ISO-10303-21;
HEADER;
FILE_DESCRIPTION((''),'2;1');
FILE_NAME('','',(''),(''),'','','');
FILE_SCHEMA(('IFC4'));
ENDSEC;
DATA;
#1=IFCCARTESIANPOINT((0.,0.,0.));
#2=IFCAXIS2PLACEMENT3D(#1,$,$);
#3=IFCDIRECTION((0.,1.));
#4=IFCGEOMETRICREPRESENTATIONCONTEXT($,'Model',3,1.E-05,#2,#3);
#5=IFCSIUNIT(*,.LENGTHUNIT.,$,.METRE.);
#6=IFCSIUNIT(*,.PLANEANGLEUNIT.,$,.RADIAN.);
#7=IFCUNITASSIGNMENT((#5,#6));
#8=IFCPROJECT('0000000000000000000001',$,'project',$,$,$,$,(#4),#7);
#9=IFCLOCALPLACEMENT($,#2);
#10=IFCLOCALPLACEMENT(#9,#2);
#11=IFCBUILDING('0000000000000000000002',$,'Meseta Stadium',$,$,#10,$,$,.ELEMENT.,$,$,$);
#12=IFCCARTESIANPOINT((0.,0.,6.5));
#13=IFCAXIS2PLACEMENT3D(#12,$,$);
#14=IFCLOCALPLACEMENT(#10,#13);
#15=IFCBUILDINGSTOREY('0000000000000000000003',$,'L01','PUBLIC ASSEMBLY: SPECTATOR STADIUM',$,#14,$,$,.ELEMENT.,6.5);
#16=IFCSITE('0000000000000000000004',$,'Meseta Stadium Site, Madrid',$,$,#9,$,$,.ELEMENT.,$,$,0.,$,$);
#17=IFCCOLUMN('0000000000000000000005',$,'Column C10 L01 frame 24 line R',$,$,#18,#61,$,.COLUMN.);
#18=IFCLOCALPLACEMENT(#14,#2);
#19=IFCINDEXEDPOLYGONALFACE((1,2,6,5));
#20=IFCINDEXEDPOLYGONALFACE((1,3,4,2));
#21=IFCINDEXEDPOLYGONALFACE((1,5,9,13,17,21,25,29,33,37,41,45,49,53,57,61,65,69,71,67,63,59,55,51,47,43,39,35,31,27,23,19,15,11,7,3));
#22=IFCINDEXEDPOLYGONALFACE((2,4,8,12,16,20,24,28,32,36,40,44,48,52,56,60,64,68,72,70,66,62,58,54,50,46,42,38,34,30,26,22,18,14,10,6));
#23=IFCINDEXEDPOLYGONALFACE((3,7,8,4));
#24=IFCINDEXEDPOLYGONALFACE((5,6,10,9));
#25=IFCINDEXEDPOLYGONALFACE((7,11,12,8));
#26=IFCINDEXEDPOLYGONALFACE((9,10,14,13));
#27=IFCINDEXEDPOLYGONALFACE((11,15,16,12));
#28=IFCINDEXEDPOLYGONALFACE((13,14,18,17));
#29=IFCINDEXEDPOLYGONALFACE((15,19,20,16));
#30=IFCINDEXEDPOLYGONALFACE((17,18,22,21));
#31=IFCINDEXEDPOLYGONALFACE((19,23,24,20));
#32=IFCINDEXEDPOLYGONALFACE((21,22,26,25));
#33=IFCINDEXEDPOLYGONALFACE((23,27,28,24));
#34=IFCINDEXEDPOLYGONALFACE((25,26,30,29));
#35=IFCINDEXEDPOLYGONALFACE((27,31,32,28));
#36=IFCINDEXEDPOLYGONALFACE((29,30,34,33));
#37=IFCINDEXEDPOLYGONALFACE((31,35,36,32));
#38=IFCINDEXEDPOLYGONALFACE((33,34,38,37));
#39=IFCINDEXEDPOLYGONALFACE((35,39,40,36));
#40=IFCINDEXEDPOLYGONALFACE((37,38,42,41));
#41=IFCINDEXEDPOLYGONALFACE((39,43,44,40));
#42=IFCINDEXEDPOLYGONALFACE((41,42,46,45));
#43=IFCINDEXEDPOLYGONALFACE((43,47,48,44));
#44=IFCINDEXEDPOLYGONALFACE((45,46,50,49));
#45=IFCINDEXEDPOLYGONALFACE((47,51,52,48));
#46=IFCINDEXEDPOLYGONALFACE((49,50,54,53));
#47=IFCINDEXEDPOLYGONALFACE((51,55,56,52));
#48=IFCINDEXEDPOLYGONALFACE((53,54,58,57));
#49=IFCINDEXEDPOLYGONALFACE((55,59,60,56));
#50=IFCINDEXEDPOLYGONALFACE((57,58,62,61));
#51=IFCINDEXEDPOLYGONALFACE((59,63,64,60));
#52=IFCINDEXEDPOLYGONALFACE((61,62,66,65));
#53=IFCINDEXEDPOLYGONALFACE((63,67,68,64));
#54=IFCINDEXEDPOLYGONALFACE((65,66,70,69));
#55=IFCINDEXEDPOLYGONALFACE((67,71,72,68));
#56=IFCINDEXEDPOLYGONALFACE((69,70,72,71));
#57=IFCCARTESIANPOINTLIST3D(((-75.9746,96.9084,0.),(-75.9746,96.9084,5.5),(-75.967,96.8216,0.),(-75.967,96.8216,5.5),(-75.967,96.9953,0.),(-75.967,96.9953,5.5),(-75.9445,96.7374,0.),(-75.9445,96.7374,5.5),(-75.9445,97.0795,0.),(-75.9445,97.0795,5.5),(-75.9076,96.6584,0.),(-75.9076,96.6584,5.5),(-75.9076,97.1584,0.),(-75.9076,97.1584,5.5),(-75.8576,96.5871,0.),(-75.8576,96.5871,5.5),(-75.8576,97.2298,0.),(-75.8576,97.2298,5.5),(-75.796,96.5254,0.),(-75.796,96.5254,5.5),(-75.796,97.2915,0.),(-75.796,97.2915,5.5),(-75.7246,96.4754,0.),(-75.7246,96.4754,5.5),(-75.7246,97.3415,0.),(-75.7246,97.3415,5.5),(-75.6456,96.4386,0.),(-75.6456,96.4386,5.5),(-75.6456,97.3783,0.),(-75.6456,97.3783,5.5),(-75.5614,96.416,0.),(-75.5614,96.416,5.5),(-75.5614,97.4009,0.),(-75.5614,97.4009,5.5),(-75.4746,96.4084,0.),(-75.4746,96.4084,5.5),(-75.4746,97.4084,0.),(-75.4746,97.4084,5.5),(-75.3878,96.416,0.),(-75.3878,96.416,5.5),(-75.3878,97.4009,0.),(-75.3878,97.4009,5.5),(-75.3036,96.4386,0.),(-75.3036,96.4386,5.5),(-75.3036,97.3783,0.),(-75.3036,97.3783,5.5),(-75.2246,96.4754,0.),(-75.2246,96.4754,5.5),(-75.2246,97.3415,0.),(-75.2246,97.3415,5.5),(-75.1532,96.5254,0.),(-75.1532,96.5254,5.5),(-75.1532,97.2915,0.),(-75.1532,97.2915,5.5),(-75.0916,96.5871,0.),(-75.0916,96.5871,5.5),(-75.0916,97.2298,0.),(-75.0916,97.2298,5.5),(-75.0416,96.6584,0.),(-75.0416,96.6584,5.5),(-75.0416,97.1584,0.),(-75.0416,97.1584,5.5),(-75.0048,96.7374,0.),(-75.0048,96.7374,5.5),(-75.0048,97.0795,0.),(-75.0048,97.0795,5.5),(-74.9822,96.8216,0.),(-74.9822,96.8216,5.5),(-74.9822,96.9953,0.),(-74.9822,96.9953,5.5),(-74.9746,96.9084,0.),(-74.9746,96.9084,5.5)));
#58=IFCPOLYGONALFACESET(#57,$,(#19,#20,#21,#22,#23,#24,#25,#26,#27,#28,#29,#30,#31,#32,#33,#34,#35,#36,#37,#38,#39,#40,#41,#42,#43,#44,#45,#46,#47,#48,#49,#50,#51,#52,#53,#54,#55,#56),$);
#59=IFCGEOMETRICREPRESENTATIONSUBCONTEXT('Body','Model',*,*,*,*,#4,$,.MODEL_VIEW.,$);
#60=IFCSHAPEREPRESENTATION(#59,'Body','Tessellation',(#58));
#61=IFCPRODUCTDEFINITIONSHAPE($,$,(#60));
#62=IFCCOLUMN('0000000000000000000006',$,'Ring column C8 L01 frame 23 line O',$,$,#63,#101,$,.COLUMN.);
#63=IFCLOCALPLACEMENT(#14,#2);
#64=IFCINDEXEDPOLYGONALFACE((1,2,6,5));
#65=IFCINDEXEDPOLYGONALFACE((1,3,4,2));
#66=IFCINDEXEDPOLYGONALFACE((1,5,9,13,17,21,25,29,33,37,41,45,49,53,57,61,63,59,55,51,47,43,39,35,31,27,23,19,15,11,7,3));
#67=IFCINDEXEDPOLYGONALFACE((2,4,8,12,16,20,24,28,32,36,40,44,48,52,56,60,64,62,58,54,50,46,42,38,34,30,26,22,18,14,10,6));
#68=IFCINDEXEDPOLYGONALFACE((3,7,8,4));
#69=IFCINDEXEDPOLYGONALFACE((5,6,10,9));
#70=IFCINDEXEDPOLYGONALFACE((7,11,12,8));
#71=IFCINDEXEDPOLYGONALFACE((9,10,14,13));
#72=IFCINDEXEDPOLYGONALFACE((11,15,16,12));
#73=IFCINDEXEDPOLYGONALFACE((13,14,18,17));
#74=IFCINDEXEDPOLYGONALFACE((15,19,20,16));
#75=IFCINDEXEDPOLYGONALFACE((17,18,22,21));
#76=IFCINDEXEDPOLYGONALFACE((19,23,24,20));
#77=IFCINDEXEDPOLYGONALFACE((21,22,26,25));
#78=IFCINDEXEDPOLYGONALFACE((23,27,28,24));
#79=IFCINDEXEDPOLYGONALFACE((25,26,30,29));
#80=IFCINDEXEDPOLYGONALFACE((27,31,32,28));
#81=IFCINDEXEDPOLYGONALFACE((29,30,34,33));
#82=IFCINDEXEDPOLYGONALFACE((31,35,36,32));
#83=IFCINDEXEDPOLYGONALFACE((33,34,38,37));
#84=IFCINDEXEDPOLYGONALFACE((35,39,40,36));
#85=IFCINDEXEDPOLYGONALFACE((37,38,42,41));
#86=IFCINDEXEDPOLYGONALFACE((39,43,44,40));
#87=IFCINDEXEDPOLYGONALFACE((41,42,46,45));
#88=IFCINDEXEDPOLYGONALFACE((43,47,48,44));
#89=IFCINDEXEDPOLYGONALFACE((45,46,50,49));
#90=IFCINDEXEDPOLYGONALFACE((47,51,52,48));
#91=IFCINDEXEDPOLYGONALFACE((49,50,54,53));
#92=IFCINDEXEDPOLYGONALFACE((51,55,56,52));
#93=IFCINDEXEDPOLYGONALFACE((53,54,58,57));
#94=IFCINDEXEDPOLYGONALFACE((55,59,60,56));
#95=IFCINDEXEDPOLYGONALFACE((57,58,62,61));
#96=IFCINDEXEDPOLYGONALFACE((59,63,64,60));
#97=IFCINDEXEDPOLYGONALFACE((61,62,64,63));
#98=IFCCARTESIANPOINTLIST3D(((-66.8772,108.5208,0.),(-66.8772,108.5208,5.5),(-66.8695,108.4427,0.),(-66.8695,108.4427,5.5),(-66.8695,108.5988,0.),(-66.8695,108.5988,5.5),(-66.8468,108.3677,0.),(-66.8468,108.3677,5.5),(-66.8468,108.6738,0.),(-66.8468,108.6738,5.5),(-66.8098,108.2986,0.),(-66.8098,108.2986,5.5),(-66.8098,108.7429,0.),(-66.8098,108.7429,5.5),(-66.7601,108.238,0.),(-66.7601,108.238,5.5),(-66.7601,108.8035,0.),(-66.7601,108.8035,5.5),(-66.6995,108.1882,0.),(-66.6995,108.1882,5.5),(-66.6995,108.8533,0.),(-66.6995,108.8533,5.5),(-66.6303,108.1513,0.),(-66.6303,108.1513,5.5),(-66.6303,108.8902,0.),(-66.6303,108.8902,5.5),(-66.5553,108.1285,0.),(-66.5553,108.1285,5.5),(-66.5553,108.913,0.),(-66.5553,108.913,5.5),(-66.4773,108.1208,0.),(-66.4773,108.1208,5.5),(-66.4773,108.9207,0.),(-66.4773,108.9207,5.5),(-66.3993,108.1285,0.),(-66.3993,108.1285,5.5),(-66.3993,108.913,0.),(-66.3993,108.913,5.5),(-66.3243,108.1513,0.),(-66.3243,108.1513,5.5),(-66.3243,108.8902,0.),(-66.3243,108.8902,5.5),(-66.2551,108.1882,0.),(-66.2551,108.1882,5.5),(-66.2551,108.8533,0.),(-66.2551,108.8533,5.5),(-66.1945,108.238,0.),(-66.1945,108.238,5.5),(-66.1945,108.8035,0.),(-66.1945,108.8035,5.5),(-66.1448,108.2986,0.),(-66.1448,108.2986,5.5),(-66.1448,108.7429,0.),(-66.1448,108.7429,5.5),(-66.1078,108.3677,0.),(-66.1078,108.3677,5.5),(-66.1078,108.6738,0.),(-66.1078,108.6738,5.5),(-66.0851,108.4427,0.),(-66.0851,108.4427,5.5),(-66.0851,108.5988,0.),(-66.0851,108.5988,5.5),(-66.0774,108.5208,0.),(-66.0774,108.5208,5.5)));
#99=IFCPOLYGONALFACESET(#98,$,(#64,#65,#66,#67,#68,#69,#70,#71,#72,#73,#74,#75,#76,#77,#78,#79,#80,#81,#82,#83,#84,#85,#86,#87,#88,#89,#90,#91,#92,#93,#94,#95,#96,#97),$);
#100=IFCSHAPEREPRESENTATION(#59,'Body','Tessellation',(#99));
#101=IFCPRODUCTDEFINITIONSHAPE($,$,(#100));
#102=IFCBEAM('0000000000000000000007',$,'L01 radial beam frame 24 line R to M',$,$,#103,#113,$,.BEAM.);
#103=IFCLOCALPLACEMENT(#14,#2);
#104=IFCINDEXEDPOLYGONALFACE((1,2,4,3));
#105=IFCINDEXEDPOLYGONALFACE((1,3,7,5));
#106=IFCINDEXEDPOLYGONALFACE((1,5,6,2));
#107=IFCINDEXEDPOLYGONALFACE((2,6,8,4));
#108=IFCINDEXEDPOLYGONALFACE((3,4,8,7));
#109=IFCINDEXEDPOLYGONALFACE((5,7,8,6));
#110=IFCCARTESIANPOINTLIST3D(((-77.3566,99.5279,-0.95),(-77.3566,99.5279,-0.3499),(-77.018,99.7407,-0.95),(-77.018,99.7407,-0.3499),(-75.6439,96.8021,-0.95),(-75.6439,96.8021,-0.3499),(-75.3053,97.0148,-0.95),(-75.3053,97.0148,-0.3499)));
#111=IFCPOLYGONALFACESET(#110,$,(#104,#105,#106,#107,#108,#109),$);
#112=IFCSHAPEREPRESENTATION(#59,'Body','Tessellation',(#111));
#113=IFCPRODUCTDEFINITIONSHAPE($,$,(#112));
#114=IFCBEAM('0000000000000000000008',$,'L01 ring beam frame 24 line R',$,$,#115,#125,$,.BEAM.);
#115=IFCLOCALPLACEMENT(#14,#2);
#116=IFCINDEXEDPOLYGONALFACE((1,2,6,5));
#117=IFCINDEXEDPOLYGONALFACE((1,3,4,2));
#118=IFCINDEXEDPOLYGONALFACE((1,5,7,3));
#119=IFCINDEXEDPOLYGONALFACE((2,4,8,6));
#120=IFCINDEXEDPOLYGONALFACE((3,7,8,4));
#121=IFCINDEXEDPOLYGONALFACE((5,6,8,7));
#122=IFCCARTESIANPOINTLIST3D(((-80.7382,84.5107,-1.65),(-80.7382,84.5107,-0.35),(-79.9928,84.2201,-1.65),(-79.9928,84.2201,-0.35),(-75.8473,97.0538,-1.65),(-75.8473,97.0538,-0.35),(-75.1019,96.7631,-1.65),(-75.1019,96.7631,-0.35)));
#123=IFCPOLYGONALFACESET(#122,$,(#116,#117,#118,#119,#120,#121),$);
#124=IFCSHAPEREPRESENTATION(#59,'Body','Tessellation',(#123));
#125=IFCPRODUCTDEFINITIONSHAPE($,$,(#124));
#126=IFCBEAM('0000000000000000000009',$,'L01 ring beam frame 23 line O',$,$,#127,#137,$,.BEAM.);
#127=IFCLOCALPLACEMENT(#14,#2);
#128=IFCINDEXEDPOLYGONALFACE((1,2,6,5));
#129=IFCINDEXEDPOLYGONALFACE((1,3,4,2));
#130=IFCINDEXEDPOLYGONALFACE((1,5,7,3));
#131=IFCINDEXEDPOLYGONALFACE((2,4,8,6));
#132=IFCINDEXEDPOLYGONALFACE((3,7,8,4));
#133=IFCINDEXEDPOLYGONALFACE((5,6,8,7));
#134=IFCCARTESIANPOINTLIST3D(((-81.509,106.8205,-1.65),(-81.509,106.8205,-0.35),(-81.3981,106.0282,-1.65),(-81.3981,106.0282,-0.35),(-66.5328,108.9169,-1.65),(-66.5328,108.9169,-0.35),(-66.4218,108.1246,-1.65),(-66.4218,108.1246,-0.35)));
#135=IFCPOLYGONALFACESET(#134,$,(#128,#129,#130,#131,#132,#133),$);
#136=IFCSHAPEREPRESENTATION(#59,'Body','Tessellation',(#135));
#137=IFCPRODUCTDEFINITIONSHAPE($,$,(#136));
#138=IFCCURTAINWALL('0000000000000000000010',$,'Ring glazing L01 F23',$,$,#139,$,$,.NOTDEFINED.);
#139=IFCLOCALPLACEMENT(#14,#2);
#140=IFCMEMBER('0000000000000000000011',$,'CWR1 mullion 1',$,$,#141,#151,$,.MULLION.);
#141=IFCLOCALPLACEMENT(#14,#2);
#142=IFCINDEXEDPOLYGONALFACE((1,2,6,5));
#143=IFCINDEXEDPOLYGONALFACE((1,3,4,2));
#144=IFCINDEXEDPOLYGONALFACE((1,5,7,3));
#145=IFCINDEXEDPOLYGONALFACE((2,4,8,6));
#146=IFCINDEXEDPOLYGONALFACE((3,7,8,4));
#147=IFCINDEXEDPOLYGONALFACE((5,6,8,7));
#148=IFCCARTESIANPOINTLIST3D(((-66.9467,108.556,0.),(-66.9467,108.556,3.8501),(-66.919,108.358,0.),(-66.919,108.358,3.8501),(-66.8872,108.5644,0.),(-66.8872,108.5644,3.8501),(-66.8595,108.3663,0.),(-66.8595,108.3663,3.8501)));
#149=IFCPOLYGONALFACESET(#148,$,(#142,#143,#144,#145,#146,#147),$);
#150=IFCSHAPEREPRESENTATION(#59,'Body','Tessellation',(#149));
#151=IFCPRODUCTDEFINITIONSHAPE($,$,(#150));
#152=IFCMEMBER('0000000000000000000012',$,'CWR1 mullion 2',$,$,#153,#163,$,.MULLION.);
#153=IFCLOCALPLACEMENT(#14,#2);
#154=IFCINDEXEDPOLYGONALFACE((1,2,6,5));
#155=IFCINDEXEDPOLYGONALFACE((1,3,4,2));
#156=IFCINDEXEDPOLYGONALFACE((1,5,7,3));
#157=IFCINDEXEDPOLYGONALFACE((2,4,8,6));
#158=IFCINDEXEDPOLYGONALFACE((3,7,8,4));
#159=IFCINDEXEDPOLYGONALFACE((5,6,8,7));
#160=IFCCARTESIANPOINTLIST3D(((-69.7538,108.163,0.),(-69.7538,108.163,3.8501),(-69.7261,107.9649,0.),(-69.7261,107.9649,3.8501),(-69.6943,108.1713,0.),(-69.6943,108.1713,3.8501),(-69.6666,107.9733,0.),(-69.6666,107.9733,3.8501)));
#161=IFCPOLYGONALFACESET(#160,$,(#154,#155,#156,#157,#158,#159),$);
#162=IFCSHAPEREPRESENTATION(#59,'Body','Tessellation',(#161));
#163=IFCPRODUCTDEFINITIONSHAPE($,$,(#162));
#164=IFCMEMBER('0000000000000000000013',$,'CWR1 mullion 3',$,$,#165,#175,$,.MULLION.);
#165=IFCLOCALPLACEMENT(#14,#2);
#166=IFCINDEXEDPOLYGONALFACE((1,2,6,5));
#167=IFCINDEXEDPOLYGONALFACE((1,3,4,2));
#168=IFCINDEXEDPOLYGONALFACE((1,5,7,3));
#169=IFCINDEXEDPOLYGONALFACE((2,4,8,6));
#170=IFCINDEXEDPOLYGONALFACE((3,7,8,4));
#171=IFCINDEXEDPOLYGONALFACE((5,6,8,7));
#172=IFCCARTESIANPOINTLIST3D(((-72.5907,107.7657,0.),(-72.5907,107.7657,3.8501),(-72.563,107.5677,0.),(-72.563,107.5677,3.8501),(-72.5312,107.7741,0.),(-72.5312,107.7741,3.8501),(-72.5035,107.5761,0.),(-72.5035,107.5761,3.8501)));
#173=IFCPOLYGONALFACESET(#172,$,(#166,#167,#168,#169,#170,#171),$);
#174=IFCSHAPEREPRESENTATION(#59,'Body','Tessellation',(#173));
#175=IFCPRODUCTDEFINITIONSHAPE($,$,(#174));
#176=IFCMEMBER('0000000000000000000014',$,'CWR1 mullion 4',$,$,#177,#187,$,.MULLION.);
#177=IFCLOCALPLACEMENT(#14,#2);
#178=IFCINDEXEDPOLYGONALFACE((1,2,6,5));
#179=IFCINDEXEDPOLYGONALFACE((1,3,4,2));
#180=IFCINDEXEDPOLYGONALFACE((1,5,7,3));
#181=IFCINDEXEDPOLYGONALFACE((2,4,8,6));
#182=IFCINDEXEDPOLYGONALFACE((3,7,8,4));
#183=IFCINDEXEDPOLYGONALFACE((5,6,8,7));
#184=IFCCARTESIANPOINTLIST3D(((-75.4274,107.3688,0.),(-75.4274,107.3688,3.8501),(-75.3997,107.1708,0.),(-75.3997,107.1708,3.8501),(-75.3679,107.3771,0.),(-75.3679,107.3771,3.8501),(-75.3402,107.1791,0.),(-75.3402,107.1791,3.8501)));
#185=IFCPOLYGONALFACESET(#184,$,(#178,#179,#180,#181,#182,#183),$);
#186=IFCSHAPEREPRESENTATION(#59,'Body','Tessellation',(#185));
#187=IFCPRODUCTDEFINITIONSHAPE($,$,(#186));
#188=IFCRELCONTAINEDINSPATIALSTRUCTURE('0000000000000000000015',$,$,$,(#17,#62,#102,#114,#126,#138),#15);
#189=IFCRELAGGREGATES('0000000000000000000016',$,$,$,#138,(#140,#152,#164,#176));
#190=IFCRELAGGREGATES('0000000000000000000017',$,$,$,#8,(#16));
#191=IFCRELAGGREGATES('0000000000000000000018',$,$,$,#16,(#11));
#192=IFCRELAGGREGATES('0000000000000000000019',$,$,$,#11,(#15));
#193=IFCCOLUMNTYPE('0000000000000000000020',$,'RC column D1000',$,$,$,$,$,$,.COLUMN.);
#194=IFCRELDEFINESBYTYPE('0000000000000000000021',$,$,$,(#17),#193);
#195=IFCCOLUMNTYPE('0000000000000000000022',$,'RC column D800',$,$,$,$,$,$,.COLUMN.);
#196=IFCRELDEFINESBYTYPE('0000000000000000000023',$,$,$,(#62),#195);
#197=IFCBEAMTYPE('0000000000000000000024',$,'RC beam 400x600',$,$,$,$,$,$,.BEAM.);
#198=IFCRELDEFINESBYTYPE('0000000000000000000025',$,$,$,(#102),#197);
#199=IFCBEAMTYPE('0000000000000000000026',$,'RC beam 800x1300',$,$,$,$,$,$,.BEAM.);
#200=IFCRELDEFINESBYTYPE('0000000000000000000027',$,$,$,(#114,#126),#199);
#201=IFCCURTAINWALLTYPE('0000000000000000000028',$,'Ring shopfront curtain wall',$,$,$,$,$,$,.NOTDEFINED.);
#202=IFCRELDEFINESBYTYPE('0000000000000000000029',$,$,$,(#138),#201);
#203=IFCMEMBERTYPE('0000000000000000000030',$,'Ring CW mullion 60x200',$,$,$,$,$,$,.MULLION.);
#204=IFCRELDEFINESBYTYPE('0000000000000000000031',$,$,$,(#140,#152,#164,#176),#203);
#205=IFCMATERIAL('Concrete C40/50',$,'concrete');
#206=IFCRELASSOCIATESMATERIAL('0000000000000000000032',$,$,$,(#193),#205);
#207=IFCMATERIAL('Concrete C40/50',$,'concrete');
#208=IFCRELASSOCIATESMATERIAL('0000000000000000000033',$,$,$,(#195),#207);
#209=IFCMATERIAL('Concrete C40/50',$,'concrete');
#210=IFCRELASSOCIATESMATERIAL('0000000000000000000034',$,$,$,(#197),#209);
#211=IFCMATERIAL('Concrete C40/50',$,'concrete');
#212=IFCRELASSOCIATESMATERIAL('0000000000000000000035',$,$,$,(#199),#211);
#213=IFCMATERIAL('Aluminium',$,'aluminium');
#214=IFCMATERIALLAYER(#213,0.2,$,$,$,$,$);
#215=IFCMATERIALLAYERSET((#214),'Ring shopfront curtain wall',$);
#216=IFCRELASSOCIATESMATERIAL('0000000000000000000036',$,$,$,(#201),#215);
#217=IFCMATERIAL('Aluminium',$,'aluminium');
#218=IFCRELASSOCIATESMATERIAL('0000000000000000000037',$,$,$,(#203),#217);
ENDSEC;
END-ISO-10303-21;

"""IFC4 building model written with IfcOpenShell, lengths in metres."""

from ifc_helpers import new_model, si_unit, direction, frame, origin, origin_2d, place, context, subcontext, project, spatial, rectangle, circle, extrude, material, layer, layer_set, material_profile, profile_set, type_object, element, aggregate, save


model = new_model("IFC4")

# Units and contexts
model_context = context("Model", 3, precision=1e-05, world=origin(), true_north=direction((0.0, 1.0)))
body_context = subcontext(model_context, "Body", "Model", "MODEL_VIEW")
ifc_project = project(units=[si_unit("LENGTHUNIT", "METRE"), si_unit("PLANEANGLEUNIT", "RADIAN")], contexts=[model_context])

# Site, building, storey
site_placement = place(None, origin())
site = spatial("IfcSite", under=ifc_project, at=site_placement, Name="Meseta Stadium Site, Madrid", CompositionType="ELEMENT", RefElevation=0.0)
building_placement = place(site_placement, origin())
building = spatial("IfcBuilding", under=site, at=building_placement, Name="Meseta Stadium", CompositionType="ELEMENT")
storey_placement = place(building_placement, frame((0.0, 0.0, 6.5)))
storey = spatial("IfcBuildingStorey", under=building, at=storey_placement, Name="L01", Description="PUBLIC ASSEMBLY: SPECTATOR STADIUM", CompositionType="ELEMENT", Elevation=6.5)

# Columns
ifc_material_1 = material(Name="Concrete C40/50", Category="concrete")
ifc_material_profile_1 = material_profile(ifc_material_1, circle(Radius=0.5, at=origin_2d()), Name="RC D1000")
ifc_profile_set_1 = profile_set([ifc_material_profile_1], Name="Concrete C40/50")
column_type_1 = type_object("IfcColumnType", Name="RC column D1000", PredefinedType="COLUMN", material=ifc_profile_set_1)
column_1_placement = place(storey_placement, frame((-75.4746, 96.9084, 0.0), z_axis=(0.0, 0.0, 1.0), x_axis=(1.0, 0.0, 0.0)))
element("IfcColumn", 1, at=column_1_placement, inside=storey, type_object=column_type_1, Name="Column C10 L01 frame 24 line R", PredefinedType="COLUMN", context=body_context, shape_type="SweptSolid", body=[
    extrude(circle(Radius=0.5, at=origin_2d()), origin(), (0.0, 0.0, 1.0), 5.5),
])
ifc_material_2 = material(Name="Concrete C40/50", Category="concrete")
ifc_material_profile_2 = material_profile(ifc_material_2, circle(Radius=0.3999, at=origin_2d()), Name="RC D800")
ifc_profile_set_2 = profile_set([ifc_material_profile_2], Name="Concrete C40/50")
column_type_2 = type_object("IfcColumnType", Name="RC column D800", PredefinedType="COLUMN", material=ifc_profile_set_2)
column_2_placement = place(storey_placement, frame((-66.4773, 108.5208, 0.0), z_axis=(0.0, 0.0, 1.0), x_axis=(1.0, 0.0, 0.0)))
element("IfcColumn", 2, at=column_2_placement, inside=storey, type_object=column_type_2, Name="Ring column C8 L01 frame 23 line O", PredefinedType="COLUMN", context=body_context, shape_type="SweptSolid", body=[
    extrude(circle(Radius=0.3999, at=origin_2d()), origin(), (0.0, 0.0, 1.0), 5.5),
])

# Beams
ifc_material_3 = material(Name="Concrete C40/50", Category="concrete")
ifc_material_profile_3 = material_profile(ifc_material_3, rectangle(XDim=0.3999, YDim=0.6001, at=origin_2d()), Name="RC 400x600")
ifc_profile_set_3 = profile_set([ifc_material_profile_3], Name="Concrete C40/50")
beam_type_1 = type_object("IfcBeamType", Name="RC beam 400x600", PredefinedType="BEAM", material=ifc_profile_set_3)
beam_1_placement = place(storey_placement, frame((-75.4746, 96.9084, -0.6499), z_axis=(-0.532008, 0.846739, 0.0), x_axis=(-0.846739, -0.532008, 0.0)))
element("IfcBeam", 3, at=beam_1_placement, inside=storey, type_object=beam_type_1, Name="L01 radial beam frame 24 line R to M", PredefinedType="BEAM", context=body_context, shape_type="SweptSolid", body=[
    extrude(rectangle(XDim=0.3999, YDim=0.6001, at=origin_2d()), origin(), (0.0, 0.0, 1.0), 3.2192),
])
ifc_material_4 = material(Name="Concrete C40/50", Category="concrete")
ifc_material_profile_4 = material_profile(ifc_material_4, rectangle(XDim=0.8, YDim=1.3, at=origin_2d()), Name="RC 800x1300")
ifc_profile_set_4 = profile_set([ifc_material_profile_4], Name="Concrete C40/50")
beam_type_2 = type_object("IfcBeamType", Name="RC beam 800x1300", PredefinedType="BEAM", material=ifc_profile_set_4)
beam_2_placement = place(storey_placement, frame((-75.4746, 96.9084, -1.0), z_axis=(-0.363288, -0.931677, 0.0), x_axis=(0.931677, -0.363288, 0.0)))
element("IfcBeam", 4, at=beam_2_placement, inside=storey, type_object=beam_type_2, Name="L01 ring beam frame 24 line R", PredefinedType="BEAM", context=body_context, shape_type="SweptSolid", body=[
    extrude(rectangle(XDim=0.8, YDim=1.3, at=origin_2d()), origin(), (0.0, 0.0, 1.0), 13.4629),
])
beam_3_placement = place(storey_placement, frame((-66.4773, 108.5208, -1.0), z_axis=(-0.990344, -0.138632, 0.0), x_axis=(0.138632, -0.990344, 0.0)))
element("IfcBeam", 5, at=beam_3_placement, inside=storey, type_object=beam_type_2, Name="L01 ring beam frame 23 line O", PredefinedType="BEAM", context=body_context, shape_type="SweptSolid", body=[
    extrude(rectangle(XDim=0.8, YDim=1.3, at=origin_2d()), origin(), (0.0, 0.0, 1.0), 15.1223),
])

# Curtain wall, members
ifc_material_5 = material(Name="Aluminium", Category="aluminium")
ifc_layer_1 = layer(ifc_material_5, 0.2)
ifc_layer_set_1 = layer_set([ifc_layer_1], Name="Ring shopfront curtain wall")
curtain_wall_type = type_object("IfcCurtainWallType", Name="Ring shopfront curtain wall", PredefinedType="NOTDEFINED", material=ifc_layer_set_1)
curtain_wall_placement = place(storey_placement, origin())
curtain_wall = element("IfcCurtainWall", 6, at=curtain_wall_placement, inside=storey, type_object=curtain_wall_type, Name="Ring glazing L01 F23", PredefinedType="NOTDEFINED")
ifc_material_6 = material(Name="Aluminium", Category="aluminium")
ifc_material_profile_5 = material_profile(ifc_material_6, rectangle(XDim=0.2, YDim=0.0601, at=origin_2d()), Name="CW 200x60")
ifc_profile_set_5 = profile_set([ifc_material_profile_5], Name="Aluminium")
member_type_1 = type_object("IfcMemberType", Name="Ring CW mullion 60x200", PredefinedType="MULLION", material=ifc_profile_set_5)
member_1_placement = place(storey_placement, frame((-66.9031, 108.4612, 0.0), z_axis=(0.0, 0.0, 1.0), x_axis=(0.138643, -0.990342, 0.0)))
member_1 = element("IfcMember", 7, at=member_1_placement, type_object=member_type_1, Name="CWR1 mullion 1", PredefinedType="MULLION", context=body_context, shape_type="SweptSolid", body=[
    extrude(rectangle(XDim=0.2, YDim=0.0601, at=origin_2d()), origin(), (0.0, 0.0, 1.0), 3.8501),
])
member_2_placement = place(storey_placement, frame((-69.7102, 108.0681, 0.0), z_axis=(0.0, 0.0, 1.0), x_axis=(0.138643, -0.990342, 0.0)))
member_2 = element("IfcMember", 8, at=member_2_placement, type_object=member_type_1, Name="CWR1 mullion 2", PredefinedType="MULLION", context=body_context, shape_type="SweptSolid", body=[
    extrude(rectangle(XDim=0.2, YDim=0.0601, at=origin_2d()), origin(), (0.0, 0.0, 1.0), 3.8501),
])
member_3_placement = place(storey_placement, frame((-72.5471, 107.6709, 0.0), z_axis=(0.0, 0.0, 1.0), x_axis=(0.138643, -0.990342, 0.0)))
member_3 = element("IfcMember", 9, at=member_3_placement, type_object=member_type_1, Name="CWR1 mullion 3", PredefinedType="MULLION", context=body_context, shape_type="SweptSolid", body=[
    extrude(rectangle(XDim=0.2, YDim=0.0601, at=origin_2d()), origin(), (0.0, 0.0, 1.0), 3.8501),
])
member_4_placement = place(storey_placement, frame((-75.3838, 107.2739, 0.0), z_axis=(0.0, 0.0, 1.0), x_axis=(0.138643, -0.990342, 0.0)))
member_4 = element("IfcMember", 10, at=member_4_placement, type_object=member_type_1, Name="CWR1 mullion 4", PredefinedType="MULLION", context=body_context, shape_type="SweptSolid", body=[
    extrude(rectangle(XDim=0.2, YDim=0.0601, at=origin_2d()), origin(), (0.0, 0.0, 1.0), 3.8501),
])
aggregate(curtain_wall, [member_1, member_2, member_3, member_4])

save(model, "model.ifc")
